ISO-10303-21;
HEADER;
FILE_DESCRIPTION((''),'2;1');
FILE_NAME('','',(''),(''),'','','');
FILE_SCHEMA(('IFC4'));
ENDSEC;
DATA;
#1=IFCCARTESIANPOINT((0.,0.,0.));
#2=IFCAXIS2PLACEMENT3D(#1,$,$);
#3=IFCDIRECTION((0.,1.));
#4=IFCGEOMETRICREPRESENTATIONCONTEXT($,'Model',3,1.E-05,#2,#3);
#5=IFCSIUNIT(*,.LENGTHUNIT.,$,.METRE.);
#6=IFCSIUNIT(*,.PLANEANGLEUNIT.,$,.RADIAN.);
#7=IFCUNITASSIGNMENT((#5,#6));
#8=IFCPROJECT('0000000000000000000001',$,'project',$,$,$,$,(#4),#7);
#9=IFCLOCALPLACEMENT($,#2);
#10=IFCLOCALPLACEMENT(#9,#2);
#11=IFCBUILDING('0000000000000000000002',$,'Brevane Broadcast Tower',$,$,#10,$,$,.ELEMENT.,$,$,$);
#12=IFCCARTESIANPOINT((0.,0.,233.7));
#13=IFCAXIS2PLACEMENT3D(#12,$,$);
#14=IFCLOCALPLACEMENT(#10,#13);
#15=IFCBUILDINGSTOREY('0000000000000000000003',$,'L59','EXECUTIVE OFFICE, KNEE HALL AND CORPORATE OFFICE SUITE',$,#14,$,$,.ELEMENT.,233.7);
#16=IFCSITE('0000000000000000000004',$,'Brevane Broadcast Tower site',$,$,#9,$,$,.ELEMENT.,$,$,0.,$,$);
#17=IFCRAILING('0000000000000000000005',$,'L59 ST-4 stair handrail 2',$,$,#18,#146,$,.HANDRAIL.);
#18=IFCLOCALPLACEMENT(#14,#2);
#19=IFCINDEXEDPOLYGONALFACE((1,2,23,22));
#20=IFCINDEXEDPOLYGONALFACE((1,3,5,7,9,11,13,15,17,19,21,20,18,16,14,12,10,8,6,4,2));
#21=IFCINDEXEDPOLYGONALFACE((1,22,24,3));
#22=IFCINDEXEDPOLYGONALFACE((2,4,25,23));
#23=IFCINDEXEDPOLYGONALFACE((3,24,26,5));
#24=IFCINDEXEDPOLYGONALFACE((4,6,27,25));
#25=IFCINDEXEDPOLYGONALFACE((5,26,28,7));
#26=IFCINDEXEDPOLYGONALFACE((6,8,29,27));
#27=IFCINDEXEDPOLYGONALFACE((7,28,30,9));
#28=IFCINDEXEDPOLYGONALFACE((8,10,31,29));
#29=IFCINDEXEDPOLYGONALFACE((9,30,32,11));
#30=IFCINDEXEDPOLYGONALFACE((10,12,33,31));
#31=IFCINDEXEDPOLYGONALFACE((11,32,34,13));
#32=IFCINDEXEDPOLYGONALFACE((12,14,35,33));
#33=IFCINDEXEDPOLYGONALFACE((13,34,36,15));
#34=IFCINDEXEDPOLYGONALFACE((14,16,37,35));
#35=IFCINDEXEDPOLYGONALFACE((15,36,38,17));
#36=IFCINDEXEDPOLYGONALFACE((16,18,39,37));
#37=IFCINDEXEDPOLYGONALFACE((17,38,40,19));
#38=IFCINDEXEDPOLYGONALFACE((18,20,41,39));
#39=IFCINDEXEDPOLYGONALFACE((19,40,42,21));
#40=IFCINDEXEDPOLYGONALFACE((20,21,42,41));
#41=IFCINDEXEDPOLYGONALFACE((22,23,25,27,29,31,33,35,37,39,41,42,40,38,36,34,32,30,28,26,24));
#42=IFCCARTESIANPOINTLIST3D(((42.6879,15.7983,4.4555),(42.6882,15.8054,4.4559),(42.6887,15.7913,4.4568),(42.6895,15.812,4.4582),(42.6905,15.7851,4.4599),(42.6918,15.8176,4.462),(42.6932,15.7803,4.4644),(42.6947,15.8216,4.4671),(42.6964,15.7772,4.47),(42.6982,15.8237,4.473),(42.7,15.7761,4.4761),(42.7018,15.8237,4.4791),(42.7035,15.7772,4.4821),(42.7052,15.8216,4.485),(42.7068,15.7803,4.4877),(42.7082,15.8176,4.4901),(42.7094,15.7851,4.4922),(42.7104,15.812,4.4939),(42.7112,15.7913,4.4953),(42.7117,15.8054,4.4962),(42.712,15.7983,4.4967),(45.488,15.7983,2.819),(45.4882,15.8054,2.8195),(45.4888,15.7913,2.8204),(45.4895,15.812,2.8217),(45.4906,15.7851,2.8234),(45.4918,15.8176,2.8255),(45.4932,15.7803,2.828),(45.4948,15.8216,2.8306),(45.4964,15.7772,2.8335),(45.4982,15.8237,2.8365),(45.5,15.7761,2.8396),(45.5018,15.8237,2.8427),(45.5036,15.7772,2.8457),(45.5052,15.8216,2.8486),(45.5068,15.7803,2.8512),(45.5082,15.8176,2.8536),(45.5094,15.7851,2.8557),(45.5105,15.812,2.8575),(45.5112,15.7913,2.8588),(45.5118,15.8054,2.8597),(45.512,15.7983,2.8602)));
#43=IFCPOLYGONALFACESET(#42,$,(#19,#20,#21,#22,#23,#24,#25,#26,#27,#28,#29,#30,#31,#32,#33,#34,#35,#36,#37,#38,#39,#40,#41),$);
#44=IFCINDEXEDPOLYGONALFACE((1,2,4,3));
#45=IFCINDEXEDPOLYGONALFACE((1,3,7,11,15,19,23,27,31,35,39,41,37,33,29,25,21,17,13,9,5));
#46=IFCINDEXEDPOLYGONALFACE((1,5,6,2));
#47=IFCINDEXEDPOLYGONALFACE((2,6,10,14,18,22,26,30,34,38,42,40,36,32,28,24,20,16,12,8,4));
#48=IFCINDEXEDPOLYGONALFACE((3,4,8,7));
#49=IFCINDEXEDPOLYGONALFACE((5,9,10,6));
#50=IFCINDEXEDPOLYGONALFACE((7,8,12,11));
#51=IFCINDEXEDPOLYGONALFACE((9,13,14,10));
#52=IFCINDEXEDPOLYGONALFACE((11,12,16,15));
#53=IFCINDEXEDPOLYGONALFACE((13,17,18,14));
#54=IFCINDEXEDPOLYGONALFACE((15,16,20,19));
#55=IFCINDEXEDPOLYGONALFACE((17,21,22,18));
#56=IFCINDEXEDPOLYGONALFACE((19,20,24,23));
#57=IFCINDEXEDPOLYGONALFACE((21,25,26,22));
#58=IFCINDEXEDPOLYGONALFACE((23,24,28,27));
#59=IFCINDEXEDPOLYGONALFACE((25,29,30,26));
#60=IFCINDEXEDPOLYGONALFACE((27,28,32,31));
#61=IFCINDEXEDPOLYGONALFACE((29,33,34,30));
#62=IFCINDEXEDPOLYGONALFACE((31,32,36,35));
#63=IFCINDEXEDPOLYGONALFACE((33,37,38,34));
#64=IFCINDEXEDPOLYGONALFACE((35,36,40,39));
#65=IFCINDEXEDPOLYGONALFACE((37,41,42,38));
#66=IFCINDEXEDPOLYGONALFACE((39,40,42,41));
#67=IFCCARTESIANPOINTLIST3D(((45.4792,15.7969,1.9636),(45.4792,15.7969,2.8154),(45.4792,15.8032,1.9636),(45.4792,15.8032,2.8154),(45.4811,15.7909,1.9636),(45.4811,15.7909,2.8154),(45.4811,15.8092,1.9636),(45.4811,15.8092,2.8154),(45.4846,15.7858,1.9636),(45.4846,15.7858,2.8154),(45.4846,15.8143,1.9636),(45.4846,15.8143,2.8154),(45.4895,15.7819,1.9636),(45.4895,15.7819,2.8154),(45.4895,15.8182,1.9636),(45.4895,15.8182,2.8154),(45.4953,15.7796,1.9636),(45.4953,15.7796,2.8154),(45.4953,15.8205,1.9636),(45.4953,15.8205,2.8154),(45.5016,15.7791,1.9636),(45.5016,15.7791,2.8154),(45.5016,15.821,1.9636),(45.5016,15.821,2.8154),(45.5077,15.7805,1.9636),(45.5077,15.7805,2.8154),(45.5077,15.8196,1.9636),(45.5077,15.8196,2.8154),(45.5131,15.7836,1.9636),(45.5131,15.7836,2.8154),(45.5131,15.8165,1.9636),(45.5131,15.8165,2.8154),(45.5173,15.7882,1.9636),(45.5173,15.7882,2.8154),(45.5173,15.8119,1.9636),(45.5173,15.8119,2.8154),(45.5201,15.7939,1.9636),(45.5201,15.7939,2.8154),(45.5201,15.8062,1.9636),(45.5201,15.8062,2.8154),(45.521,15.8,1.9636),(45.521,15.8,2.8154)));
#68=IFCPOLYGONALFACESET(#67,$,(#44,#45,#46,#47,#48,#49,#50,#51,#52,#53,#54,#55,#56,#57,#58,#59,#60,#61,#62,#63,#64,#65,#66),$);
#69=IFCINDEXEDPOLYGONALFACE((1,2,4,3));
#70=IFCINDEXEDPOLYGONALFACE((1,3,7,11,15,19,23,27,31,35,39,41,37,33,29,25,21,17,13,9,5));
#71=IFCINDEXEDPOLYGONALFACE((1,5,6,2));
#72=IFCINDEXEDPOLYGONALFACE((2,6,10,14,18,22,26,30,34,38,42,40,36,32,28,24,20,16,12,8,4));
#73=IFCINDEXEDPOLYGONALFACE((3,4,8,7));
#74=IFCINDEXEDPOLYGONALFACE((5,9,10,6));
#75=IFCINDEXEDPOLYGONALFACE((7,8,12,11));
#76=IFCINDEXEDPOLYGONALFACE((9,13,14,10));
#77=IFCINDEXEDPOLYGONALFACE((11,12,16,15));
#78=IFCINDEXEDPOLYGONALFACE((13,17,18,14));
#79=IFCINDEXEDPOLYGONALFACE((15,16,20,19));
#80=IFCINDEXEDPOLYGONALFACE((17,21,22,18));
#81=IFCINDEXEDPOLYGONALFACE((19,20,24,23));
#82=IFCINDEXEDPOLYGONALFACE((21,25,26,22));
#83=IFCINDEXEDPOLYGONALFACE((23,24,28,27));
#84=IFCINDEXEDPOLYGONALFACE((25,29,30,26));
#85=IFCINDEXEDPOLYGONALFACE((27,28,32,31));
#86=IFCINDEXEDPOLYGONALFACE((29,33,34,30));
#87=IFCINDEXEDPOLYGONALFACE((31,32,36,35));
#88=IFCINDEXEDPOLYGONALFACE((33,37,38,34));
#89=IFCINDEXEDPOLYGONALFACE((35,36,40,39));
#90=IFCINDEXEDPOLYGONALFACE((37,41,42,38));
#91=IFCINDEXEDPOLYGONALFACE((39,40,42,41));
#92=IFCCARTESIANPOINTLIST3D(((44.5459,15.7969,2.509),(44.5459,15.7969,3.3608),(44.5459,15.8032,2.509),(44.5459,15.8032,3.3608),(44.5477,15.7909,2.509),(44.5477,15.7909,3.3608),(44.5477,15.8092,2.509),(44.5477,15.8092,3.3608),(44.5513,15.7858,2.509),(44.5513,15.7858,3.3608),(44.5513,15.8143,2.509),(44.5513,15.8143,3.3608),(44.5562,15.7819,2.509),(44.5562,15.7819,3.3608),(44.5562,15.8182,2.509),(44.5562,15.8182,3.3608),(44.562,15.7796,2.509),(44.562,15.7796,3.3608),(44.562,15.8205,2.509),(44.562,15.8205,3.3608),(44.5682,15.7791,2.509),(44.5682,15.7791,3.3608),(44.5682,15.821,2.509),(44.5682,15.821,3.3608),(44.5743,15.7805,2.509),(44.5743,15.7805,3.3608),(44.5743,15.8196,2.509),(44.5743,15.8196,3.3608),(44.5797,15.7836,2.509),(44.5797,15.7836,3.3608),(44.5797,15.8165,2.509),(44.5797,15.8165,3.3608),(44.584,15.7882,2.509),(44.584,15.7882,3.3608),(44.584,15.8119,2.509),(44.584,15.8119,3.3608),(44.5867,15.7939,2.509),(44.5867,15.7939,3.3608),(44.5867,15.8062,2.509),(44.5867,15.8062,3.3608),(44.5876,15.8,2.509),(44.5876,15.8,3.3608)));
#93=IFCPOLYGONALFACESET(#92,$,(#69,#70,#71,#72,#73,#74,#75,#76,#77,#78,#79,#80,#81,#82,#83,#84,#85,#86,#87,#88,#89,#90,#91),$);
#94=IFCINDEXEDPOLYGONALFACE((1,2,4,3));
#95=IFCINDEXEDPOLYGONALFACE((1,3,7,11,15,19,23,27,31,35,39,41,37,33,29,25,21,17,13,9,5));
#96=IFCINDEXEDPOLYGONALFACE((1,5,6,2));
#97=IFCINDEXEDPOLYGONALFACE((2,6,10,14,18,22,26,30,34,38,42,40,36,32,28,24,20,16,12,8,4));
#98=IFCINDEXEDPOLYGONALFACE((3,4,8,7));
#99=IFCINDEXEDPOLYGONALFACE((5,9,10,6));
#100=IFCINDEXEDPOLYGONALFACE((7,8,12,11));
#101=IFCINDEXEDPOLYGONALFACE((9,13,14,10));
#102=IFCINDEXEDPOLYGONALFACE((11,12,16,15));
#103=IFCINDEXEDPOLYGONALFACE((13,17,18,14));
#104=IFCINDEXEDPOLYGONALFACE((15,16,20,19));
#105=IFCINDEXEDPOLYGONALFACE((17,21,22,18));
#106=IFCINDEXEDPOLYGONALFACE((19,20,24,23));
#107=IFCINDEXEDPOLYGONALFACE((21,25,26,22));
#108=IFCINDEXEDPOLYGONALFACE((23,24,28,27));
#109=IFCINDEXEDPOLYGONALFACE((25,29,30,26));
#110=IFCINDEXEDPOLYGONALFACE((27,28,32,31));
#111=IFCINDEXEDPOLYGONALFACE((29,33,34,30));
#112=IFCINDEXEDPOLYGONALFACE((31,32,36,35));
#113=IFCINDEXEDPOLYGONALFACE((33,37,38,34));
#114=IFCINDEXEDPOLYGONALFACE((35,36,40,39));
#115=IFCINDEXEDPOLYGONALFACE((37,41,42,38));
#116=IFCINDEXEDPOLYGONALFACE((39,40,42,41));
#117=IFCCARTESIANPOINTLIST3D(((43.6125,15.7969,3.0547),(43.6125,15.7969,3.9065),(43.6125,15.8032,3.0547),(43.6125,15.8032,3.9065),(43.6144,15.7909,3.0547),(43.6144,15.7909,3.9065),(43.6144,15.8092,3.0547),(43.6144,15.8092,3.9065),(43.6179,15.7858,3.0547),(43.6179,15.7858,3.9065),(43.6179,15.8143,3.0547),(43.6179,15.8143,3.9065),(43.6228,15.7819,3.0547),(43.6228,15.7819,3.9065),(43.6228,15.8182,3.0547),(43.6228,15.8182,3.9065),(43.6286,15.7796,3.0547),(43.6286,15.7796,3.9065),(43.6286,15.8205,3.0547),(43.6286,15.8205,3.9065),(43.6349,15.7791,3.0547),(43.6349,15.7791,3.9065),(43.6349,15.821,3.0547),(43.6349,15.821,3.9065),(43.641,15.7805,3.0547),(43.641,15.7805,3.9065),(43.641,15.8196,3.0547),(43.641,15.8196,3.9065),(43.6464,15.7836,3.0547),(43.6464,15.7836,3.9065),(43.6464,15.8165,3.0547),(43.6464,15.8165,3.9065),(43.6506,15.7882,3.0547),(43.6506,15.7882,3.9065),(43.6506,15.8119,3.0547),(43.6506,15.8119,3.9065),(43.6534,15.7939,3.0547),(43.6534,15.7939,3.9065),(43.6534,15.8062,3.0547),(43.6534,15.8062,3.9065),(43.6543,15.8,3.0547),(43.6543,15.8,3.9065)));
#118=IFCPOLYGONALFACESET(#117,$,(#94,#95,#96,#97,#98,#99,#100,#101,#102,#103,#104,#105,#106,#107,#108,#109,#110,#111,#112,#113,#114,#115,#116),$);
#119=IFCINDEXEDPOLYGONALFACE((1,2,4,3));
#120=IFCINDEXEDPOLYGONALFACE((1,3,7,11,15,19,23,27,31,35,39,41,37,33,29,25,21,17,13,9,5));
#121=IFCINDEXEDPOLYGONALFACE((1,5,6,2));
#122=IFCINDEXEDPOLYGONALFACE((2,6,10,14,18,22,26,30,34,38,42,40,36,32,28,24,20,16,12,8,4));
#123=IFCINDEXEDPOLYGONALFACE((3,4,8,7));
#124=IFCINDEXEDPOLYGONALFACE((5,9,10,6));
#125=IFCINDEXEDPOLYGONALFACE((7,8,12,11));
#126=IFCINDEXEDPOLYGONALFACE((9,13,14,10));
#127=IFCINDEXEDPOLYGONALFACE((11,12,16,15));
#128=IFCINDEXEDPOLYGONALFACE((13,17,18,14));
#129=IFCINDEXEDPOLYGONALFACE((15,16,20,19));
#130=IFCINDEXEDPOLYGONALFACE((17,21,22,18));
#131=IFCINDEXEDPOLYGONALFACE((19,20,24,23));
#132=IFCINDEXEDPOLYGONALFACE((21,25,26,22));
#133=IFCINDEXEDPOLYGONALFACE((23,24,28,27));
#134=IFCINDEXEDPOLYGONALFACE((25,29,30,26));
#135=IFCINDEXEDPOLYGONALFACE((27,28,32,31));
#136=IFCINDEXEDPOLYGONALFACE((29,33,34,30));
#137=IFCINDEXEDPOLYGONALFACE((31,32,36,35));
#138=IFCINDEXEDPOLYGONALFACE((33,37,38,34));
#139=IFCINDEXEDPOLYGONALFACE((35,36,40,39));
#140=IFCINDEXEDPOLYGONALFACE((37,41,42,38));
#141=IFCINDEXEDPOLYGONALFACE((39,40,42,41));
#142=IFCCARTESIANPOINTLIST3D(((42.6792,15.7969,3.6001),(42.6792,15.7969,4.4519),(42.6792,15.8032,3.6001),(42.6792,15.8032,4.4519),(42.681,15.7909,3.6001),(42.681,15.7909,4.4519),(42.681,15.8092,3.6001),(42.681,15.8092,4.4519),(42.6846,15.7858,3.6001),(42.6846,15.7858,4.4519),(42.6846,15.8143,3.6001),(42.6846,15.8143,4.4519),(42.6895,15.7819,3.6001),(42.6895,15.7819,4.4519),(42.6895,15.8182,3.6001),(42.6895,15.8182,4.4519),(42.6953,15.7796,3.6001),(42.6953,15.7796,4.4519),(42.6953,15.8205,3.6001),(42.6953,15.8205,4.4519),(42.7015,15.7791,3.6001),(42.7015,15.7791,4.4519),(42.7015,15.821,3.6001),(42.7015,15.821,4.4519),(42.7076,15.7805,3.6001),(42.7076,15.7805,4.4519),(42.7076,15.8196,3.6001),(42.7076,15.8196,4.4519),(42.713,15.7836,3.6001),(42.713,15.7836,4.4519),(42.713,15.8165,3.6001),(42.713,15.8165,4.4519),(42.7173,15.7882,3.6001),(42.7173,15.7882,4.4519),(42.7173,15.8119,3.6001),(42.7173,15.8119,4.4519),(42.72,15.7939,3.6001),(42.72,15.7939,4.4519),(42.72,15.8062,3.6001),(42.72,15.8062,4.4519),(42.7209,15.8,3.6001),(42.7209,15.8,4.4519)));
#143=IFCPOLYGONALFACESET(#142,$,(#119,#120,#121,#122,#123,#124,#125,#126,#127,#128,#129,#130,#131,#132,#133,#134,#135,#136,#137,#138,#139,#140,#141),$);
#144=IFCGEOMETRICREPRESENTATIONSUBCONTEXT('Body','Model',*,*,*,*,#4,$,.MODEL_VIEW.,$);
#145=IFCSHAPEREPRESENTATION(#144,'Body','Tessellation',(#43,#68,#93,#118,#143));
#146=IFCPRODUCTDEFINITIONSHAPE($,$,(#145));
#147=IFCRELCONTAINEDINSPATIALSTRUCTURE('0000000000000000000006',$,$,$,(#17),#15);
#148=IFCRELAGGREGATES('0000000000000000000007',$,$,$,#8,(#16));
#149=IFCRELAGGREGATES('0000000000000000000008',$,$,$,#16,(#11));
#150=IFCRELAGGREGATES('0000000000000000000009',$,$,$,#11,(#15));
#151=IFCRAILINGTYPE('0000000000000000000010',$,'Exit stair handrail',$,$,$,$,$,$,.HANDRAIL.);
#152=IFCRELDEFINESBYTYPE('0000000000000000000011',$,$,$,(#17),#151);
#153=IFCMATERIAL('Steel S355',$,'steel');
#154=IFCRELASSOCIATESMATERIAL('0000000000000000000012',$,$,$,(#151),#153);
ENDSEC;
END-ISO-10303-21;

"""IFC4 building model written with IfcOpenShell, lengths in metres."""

from ifc_helpers import new_model, si_unit, direction, frame, origin, origin_2d, place, context, subcontext, project, spatial, circle, extrude, material, type_object, element, save


model = new_model("IFC4")

# Units and contexts
model_context = context("Model", 3, precision=1e-05, world=origin(), true_north=direction((0.0, 1.0)))
body_context = subcontext(model_context, "Body", "Model", "MODEL_VIEW")
ifc_project = project(units=[si_unit("LENGTHUNIT", "METRE"), si_unit("PLANEANGLEUNIT", "RADIAN")], contexts=[model_context])

# Site, building, storey
site_placement = place(None, origin())
site = spatial("IfcSite", under=ifc_project, at=site_placement, Name="Brevane Broadcast Tower site", CompositionType="ELEMENT", RefElevation=0.0)
building_placement = place(site_placement, origin())
building = spatial("IfcBuilding", under=site, at=building_placement, Name="Brevane Broadcast Tower", CompositionType="ELEMENT")
storey_placement = place(building_placement, frame((0.0, 0.0, 233.7)))
storey = spatial("IfcBuildingStorey", under=building, at=storey_placement, Name="L59", Description="EXECUTIVE OFFICE, KNEE HALL AND CORPORATE OFFICE SUITE", CompositionType="ELEMENT", Elevation=233.7)

# Railing
ifc_material_1 = material(Name="Steel S355", Category="steel")
railing_type_1 = type_object("IfcRailingType", Name="Exit stair handrail", PredefinedType="HANDRAIL", material=ifc_material_1)
railing_1_placement = place(storey_placement, frame((45.5, 15.8, 1.9636)))
element("IfcRailing", 1, at=railing_1_placement, inside=storey, type_object=railing_type_1, Name="L59 ST-4 stair handrail 2", PredefinedType="HANDRAIL", context=body_context, shape_type="SweptSolid", body=[
    extrude(circle(Radius=0.0239, at=origin_2d()), frame((0.0, 0.0, 0.876), z_axis=(-0.863361, 0.0, 0.504587), x_axis=(0.0, -1.0, 0.0)), (0.0, 0.0, 1.0), 3.2432),
    extrude(circle(Radius=0.021, at=origin_2d()), origin(), (0.0, 0.0, 1.0), 0.8518),
    extrude(circle(Radius=0.021, at=origin_2d()), frame((-0.9333, 0.0, 0.5454)), (0.0, 0.0, 1.0), 0.8518),
    extrude(circle(Radius=0.021, at=origin_2d()), frame((-1.8667, 0.0, 1.0911)), (0.0, 0.0, 1.0), 0.8518),
    extrude(circle(Radius=0.021, at=origin_2d()), frame((-2.8, 0.0, 1.6365)), (0.0, 0.0, 1.0), 0.8518),
])

save(model, "model.ifc")
